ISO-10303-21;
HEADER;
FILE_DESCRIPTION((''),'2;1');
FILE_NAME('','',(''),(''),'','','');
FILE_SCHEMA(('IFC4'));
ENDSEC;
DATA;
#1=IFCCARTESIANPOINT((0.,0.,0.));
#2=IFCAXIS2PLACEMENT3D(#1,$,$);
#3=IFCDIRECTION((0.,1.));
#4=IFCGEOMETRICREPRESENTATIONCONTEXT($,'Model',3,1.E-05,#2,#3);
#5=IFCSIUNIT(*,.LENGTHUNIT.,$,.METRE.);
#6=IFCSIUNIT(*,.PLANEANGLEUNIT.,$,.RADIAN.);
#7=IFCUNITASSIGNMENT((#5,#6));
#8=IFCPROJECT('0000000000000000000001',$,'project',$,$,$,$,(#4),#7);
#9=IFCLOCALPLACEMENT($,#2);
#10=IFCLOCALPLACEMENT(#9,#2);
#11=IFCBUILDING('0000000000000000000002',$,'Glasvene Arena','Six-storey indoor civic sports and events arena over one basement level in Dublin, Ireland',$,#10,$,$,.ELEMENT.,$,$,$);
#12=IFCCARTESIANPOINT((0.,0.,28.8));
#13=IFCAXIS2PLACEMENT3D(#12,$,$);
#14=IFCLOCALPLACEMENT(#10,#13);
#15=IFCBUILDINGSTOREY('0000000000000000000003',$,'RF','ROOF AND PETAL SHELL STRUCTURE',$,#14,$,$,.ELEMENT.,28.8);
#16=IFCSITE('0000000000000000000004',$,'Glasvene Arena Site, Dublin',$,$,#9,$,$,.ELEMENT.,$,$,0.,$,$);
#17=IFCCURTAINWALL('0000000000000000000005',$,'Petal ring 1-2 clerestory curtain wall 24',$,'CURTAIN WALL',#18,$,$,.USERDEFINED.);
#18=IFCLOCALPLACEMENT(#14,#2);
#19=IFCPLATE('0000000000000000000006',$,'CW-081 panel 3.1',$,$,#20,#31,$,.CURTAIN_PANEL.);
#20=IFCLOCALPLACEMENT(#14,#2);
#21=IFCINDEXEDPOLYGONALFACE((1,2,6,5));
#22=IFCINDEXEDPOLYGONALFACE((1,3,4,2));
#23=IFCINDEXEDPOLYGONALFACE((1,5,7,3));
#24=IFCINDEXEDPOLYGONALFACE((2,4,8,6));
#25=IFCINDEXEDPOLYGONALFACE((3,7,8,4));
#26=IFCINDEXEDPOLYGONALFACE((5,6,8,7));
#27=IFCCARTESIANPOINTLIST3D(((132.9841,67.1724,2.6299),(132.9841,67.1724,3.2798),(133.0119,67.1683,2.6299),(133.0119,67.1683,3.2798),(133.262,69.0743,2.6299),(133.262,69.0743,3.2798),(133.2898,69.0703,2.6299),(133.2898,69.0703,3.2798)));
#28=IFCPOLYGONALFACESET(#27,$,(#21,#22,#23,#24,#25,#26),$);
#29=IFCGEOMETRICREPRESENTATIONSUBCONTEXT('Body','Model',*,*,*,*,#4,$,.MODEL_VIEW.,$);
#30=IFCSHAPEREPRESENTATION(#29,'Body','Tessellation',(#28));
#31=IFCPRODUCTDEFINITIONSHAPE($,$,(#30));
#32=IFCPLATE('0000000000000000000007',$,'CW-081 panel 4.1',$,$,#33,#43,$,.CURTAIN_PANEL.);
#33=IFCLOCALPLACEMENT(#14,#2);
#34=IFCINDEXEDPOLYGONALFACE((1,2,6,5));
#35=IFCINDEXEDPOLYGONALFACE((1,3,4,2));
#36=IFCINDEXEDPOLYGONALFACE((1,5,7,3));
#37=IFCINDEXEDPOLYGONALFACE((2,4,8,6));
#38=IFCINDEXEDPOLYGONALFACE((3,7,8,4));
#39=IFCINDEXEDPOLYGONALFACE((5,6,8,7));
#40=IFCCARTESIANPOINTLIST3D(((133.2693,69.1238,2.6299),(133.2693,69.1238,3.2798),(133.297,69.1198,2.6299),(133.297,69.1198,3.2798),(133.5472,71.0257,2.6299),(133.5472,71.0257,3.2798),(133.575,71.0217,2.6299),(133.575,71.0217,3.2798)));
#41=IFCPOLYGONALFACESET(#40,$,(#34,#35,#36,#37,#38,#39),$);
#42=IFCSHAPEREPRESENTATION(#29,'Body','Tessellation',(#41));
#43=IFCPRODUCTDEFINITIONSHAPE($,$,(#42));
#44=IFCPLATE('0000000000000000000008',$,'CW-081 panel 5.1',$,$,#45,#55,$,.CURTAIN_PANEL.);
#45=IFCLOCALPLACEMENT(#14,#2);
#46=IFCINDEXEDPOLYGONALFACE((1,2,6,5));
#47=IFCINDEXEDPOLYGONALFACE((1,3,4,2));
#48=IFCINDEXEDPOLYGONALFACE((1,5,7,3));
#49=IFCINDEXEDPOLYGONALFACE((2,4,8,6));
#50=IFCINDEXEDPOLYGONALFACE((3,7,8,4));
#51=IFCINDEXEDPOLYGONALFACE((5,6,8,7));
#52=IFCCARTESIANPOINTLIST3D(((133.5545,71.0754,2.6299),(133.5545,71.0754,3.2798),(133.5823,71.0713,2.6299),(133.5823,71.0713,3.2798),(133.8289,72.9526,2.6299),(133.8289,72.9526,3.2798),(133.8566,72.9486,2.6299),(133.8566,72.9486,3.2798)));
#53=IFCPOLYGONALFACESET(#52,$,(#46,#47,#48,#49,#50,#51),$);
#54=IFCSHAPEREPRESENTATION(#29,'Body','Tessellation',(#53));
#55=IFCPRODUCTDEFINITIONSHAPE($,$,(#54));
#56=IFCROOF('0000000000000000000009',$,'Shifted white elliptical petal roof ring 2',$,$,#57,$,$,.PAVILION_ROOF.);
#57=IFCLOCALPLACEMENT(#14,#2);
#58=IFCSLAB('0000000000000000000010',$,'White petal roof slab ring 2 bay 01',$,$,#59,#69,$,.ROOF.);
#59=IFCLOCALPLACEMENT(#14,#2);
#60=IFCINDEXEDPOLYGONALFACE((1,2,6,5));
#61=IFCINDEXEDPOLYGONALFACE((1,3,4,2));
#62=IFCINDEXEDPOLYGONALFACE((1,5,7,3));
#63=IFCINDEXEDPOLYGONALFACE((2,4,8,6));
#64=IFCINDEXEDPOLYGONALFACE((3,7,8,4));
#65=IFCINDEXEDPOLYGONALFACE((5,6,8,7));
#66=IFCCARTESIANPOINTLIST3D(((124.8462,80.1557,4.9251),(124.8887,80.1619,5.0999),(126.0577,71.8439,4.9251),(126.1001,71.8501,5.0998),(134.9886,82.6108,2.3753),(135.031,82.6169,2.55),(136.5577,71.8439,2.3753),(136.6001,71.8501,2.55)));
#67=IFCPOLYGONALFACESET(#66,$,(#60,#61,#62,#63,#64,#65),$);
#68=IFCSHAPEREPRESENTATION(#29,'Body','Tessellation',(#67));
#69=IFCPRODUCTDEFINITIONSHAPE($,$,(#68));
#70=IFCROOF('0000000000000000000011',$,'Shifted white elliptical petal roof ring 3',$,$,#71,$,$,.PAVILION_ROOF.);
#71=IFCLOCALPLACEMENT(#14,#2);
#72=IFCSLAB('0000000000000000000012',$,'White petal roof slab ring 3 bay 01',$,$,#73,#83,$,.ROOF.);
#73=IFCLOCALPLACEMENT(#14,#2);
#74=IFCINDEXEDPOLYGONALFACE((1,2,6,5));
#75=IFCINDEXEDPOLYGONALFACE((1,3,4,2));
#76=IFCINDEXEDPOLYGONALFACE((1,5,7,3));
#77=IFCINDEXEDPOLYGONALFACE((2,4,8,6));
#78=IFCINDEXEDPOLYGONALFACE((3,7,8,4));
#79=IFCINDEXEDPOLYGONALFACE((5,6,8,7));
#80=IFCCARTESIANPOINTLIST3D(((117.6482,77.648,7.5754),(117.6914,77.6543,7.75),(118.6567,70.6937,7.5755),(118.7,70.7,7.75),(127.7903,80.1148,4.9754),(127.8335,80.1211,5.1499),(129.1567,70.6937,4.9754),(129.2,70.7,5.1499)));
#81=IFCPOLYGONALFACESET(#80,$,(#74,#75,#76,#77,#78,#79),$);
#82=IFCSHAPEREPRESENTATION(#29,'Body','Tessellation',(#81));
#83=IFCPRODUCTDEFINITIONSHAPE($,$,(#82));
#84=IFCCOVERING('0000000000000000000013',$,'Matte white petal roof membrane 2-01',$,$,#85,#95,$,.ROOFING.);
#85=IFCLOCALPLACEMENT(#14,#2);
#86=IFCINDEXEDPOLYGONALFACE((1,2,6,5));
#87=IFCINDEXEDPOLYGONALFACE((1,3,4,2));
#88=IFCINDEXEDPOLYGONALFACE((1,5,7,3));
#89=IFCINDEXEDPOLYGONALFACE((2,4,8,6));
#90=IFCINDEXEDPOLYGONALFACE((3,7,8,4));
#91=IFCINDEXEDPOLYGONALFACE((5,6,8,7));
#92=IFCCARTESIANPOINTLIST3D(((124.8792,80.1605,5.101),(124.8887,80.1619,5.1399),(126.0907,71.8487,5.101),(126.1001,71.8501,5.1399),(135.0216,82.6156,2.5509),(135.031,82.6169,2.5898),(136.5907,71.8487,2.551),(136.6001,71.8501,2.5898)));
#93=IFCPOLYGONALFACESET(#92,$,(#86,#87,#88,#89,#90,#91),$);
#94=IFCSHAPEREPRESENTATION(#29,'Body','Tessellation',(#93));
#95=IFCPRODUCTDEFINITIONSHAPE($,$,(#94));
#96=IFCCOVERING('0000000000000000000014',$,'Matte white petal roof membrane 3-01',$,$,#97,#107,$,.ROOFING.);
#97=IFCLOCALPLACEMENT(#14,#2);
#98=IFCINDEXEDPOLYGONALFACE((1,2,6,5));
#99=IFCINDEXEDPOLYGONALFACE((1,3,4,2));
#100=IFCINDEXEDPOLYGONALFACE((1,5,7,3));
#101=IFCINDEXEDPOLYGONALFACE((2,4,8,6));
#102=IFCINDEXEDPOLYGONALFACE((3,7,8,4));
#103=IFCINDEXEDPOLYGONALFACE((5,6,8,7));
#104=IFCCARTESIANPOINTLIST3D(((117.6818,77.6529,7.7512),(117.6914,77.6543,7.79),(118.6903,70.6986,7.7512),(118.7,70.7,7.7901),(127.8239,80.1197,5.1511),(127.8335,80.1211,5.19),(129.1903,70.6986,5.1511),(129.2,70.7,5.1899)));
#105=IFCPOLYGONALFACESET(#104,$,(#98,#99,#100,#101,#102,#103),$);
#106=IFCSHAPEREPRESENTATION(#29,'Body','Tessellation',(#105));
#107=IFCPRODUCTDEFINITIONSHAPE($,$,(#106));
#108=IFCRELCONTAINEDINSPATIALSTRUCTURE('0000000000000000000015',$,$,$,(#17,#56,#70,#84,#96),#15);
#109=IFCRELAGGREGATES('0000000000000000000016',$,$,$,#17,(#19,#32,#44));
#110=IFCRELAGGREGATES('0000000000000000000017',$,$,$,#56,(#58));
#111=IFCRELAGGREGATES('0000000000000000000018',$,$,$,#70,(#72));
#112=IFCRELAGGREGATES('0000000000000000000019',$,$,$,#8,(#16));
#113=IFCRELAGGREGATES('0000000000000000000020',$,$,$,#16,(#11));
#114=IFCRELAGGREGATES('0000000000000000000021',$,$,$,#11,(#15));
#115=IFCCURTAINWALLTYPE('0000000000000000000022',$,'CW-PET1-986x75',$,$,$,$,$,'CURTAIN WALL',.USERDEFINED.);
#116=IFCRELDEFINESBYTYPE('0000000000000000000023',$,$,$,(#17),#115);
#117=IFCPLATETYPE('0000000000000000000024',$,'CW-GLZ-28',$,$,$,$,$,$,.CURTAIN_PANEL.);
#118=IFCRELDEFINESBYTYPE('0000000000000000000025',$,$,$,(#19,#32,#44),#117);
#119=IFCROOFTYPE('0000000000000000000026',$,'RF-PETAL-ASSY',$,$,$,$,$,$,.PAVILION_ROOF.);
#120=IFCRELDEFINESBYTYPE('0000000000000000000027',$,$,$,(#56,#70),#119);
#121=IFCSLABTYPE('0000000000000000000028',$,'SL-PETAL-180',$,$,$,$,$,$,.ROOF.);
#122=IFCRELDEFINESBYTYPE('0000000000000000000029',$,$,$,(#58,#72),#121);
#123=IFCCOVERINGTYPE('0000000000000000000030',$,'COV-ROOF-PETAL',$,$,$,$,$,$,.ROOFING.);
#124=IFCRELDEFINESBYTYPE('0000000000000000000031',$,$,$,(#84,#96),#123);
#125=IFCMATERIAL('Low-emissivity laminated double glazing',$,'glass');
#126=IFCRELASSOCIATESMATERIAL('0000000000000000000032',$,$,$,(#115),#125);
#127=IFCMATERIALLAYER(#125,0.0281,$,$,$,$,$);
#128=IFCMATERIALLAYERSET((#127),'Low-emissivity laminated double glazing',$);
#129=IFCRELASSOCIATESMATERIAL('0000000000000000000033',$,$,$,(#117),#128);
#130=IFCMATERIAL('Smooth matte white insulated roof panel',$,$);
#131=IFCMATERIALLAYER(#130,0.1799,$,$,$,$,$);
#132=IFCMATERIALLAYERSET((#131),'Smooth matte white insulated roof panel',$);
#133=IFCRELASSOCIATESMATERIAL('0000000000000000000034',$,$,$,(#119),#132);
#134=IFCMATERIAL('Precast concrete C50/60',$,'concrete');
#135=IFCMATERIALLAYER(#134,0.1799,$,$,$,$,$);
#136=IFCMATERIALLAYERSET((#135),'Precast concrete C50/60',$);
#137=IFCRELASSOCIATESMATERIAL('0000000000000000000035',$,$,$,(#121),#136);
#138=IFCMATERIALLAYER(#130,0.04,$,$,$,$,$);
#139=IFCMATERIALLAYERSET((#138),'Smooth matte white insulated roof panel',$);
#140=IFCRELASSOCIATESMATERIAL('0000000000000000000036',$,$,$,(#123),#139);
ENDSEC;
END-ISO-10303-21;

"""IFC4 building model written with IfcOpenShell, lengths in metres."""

from ifc_helpers import new_model, si_unit, direction, frame, origin, origin_2d, place, context, subcontext, project, spatial, polyline, rectangle, outline, extrude, material, layer, layer_set, type_object, element, aggregate, save


model = new_model("IFC4")

# Units and contexts
model_context = context("Model", 3, precision=1e-05, world=origin(), true_north=direction((0.0, 1.0)))
body_context = subcontext(model_context, "Body", "Model", "MODEL_VIEW")
ifc_project = project(units=[si_unit("LENGTHUNIT", "METRE"), si_unit("PLANEANGLEUNIT", "RADIAN")], contexts=[model_context])

# Site, building, storey
site_placement = place(None, origin())
site = spatial("IfcSite", under=ifc_project, at=site_placement, Name="Glasvene Arena Site, Dublin", CompositionType="ELEMENT", RefElevation=0.0)
building_placement = place(site_placement, origin())
building = spatial("IfcBuilding", under=site, at=building_placement, Name="Glasvene Arena", Description="Six-storey indoor civic sports and events arena over one basement level in Dublin, Ireland", CompositionType="ELEMENT")
storey_placement = place(building_placement, frame((0.0, 0.0, 28.8)))
storey = spatial("IfcBuildingStorey", under=building, at=storey_placement, Name="RF", Description="ROOF AND PETAL SHELL STRUCTURE", CompositionType="ELEMENT", Elevation=28.8)

# Shared definitions
ifc_material_1 = material(Name="Low-emissivity laminated double glazing", Category="glass")

# Curtain wall
curtain_wall_type_1 = type_object("IfcCurtainWallType", Name="CW-PET1-986x75", ElementType="CURTAIN WALL", PredefinedType="USERDEFINED", material=ifc_material_1)
curtain_wall_1_placement = place(storey_placement, frame((132.4241, 63.2424, 0.0)))
curtain_wall_1 = element("IfcCurtainWall", 1, at=curtain_wall_1_placement, inside=storey, type_object=curtain_wall_type_1, Name="Petal ring 1-2 clerestory curtain wall 24", ObjectType="CURTAIN WALL", PredefinedType="USERDEFINED")

# Plates
ifc_layer_1 = layer(ifc_material_1, 0.0281)
ifc_layer_set_1 = layer_set([ifc_layer_1], Name="Low-emissivity laminated double glazing")
plate_type = type_object("IfcPlateType", Name="CW-GLZ-28", PredefinedType="CURTAIN_PANEL", material=ifc_layer_set_1)
plate_1_placement = place(storey_placement, frame((133.137, 68.1213, 2.6299), z_axis=(0.0, 0.0, 1.0), x_axis=(0.144608, 0.989489, 0.0)))
plate_1 = element("IfcPlate", 2, at=plate_1_placement, type_object=plate_type, Name="CW-081 panel 3.1", PredefinedType="CURTAIN_PANEL", context=body_context, shape_type="SweptSolid", body=[
    extrude(rectangle(XDim=1.9221, YDim=0.0281, at=origin_2d()), origin(), (0.0, 0.0, 1.0), 0.6499),
])
plate_2_placement = place(storey_placement, frame((133.4221, 70.0728, 2.6299), z_axis=(0.0, 0.0, 1.0), x_axis=(0.144608, 0.989489, 0.0)))
plate_2 = element("IfcPlate", 3, at=plate_2_placement, type_object=plate_type, Name="CW-081 panel 4.1", PredefinedType="CURTAIN_PANEL", context=body_context, shape_type="SweptSolid", body=[
    extrude(rectangle(XDim=1.9221, YDim=0.0281, at=origin_2d()), origin(), (0.0, 0.0, 1.0), 0.6499),
])
plate_3_placement = place(storey_placement, frame((133.7056, 72.012, 2.6299), z_axis=(0.0, 0.0, 1.0), x_axis=(0.144608, 0.989489, 0.0)))
plate_3 = element("IfcPlate", 4, at=plate_3_placement, type_object=plate_type, Name="CW-081 panel 5.1", PredefinedType="CURTAIN_PANEL", context=body_context, shape_type="SweptSolid", body=[
    extrude(rectangle(XDim=1.8972, YDim=0.0281, at=origin_2d()), origin(), (0.0, 0.0, 1.0), 0.6499),
])
aggregate(curtain_wall_1, [plate_1, plate_2, plate_3])

# Roofs, slabs
ifc_material_2 = material(Name="Smooth matte white insulated roof panel")
ifc_layer_2 = layer(ifc_material_2, 0.1799)
ifc_layer_set_2 = layer_set([ifc_layer_2], Name="Smooth matte white insulated roof panel")
roof_type = type_object("IfcRoofType", Name="RF-PETAL-ASSY", PredefinedType="PAVILION_ROOF", material=ifc_layer_set_2)
roof_1_placement = place(storey_placement, frame((90.55, 71.8501, 2.55)))
roof_1 = element("IfcRoof", 5, at=roof_1_placement, inside=storey, type_object=roof_type, Name="Shifted white elliptical petal roof ring 2", PredefinedType="PAVILION_ROOF")
ifc_material_3 = material(Name="Precast concrete C50/60", Category="concrete")
ifc_layer_3 = layer(ifc_material_3, 0.1799)
ifc_layer_set_3 = layer_set([ifc_layer_3], Name="Precast concrete C50/60")
slab_type = type_object("IfcSlabType", Name="SL-PETAL-180", PredefinedType="ROOF", material=ifc_layer_set_3)
slab_1_placement = place(storey_placement, frame((136.6001, 71.8501, 2.55), z_axis=(0.235839, 0.034371, 0.971184), x_axis=(-0.144211, 0.989547, -0.000001)))
slab_1 = element("IfcSlab", 6, at=slab_1_placement, type_object=slab_type, Name="White petal roof slab ring 2 bay 01", PredefinedType="ROOF", context=body_context, shape_type="SweptSolid", body=[
    extrude(outline(polyline([(0.0, 0.0), (10.8806, 0.0), (9.9138, 10.6987), (1.5142, 10.6985), (0.0, 0.0)])), origin(), (0.0, 0.0, -1.0), 0.1799),
])
aggregate(roof_1, [slab_1])
roof_2_placement = place(storey_placement, frame((89.1001, 70.7, 5.1499)))
roof_2 = element("IfcRoof", 7, at=roof_2_placement, inside=storey, type_object=roof_type, Name="Shifted white elliptical petal roof ring 3", PredefinedType="PAVILION_ROOF")
slab_2_placement = place(storey_placement, frame((129.2, 70.7, 5.1499), z_axis=(0.240224, 0.034841, 0.970092), x_axis=(-0.143539, 0.989645, 0.000002)))
slab_2 = element("IfcSlab", 8, at=slab_2_placement, type_object=slab_type, Name="White petal roof slab ring 3 bay 01", PredefinedType="ROOF", context=body_context, shape_type="SweptSolid", body=[
    extrude(outline(polyline([(0.0, 0.0), (9.5197, 0.0), (8.5343, 10.7115), (1.5072, 10.7116), (0.0, 0.0)])), origin(), (0.0, 0.0, -1.0), 0.1799),
])
aggregate(roof_2, [slab_2])

# Coverings
ifc_layer_4 = layer(ifc_material_2, 0.04)
ifc_layer_set_4 = layer_set([ifc_layer_4], Name="Smooth matte white insulated roof panel")
covering_type = type_object("IfcCoveringType", Name="COV-ROOF-PETAL", PredefinedType="ROOFING", material=ifc_layer_set_4)
covering_1_placement = place(storey_placement, frame((136.6001, 71.8501, 2.5898), z_axis=(0.235861, 0.034374, 0.971179), x_axis=(-0.144211, 0.989547, -0.000001)))
element("IfcCovering", 9, at=covering_1_placement, inside=storey, type_object=covering_type, Name="Matte white petal roof membrane 2-01", PredefinedType="ROOFING", context=body_context, shape_type="SweptSolid", body=[
    extrude(outline(polyline([(0.0, 0.0), (10.8806, 0.0), (9.9138, 10.6987), (1.5142, 10.6986), (0.0, 0.0)])), origin(), (0.0, 0.0, -1.0), 0.04),
])
covering_2_placement = place(storey_placement, frame((129.2, 70.7, 5.1899), z_axis=(0.240224, 0.034841, 0.970092), x_axis=(-0.143539, 0.989645, 0.000002)))
element("IfcCovering", 10, at=covering_2_placement, inside=storey, type_object=covering_type, Name="Matte white petal roof membrane 3-01", PredefinedType="ROOFING", context=body_context, shape_type="SweptSolid", body=[
    extrude(outline(polyline([(0.0, 0.0), (9.5197, 0.0), (8.5343, 10.7115), (1.5072, 10.7116), (0.0, 0.0)])), origin(), (0.0, 0.0, -1.0), 0.04),
])

save(model, "model.ifc")
